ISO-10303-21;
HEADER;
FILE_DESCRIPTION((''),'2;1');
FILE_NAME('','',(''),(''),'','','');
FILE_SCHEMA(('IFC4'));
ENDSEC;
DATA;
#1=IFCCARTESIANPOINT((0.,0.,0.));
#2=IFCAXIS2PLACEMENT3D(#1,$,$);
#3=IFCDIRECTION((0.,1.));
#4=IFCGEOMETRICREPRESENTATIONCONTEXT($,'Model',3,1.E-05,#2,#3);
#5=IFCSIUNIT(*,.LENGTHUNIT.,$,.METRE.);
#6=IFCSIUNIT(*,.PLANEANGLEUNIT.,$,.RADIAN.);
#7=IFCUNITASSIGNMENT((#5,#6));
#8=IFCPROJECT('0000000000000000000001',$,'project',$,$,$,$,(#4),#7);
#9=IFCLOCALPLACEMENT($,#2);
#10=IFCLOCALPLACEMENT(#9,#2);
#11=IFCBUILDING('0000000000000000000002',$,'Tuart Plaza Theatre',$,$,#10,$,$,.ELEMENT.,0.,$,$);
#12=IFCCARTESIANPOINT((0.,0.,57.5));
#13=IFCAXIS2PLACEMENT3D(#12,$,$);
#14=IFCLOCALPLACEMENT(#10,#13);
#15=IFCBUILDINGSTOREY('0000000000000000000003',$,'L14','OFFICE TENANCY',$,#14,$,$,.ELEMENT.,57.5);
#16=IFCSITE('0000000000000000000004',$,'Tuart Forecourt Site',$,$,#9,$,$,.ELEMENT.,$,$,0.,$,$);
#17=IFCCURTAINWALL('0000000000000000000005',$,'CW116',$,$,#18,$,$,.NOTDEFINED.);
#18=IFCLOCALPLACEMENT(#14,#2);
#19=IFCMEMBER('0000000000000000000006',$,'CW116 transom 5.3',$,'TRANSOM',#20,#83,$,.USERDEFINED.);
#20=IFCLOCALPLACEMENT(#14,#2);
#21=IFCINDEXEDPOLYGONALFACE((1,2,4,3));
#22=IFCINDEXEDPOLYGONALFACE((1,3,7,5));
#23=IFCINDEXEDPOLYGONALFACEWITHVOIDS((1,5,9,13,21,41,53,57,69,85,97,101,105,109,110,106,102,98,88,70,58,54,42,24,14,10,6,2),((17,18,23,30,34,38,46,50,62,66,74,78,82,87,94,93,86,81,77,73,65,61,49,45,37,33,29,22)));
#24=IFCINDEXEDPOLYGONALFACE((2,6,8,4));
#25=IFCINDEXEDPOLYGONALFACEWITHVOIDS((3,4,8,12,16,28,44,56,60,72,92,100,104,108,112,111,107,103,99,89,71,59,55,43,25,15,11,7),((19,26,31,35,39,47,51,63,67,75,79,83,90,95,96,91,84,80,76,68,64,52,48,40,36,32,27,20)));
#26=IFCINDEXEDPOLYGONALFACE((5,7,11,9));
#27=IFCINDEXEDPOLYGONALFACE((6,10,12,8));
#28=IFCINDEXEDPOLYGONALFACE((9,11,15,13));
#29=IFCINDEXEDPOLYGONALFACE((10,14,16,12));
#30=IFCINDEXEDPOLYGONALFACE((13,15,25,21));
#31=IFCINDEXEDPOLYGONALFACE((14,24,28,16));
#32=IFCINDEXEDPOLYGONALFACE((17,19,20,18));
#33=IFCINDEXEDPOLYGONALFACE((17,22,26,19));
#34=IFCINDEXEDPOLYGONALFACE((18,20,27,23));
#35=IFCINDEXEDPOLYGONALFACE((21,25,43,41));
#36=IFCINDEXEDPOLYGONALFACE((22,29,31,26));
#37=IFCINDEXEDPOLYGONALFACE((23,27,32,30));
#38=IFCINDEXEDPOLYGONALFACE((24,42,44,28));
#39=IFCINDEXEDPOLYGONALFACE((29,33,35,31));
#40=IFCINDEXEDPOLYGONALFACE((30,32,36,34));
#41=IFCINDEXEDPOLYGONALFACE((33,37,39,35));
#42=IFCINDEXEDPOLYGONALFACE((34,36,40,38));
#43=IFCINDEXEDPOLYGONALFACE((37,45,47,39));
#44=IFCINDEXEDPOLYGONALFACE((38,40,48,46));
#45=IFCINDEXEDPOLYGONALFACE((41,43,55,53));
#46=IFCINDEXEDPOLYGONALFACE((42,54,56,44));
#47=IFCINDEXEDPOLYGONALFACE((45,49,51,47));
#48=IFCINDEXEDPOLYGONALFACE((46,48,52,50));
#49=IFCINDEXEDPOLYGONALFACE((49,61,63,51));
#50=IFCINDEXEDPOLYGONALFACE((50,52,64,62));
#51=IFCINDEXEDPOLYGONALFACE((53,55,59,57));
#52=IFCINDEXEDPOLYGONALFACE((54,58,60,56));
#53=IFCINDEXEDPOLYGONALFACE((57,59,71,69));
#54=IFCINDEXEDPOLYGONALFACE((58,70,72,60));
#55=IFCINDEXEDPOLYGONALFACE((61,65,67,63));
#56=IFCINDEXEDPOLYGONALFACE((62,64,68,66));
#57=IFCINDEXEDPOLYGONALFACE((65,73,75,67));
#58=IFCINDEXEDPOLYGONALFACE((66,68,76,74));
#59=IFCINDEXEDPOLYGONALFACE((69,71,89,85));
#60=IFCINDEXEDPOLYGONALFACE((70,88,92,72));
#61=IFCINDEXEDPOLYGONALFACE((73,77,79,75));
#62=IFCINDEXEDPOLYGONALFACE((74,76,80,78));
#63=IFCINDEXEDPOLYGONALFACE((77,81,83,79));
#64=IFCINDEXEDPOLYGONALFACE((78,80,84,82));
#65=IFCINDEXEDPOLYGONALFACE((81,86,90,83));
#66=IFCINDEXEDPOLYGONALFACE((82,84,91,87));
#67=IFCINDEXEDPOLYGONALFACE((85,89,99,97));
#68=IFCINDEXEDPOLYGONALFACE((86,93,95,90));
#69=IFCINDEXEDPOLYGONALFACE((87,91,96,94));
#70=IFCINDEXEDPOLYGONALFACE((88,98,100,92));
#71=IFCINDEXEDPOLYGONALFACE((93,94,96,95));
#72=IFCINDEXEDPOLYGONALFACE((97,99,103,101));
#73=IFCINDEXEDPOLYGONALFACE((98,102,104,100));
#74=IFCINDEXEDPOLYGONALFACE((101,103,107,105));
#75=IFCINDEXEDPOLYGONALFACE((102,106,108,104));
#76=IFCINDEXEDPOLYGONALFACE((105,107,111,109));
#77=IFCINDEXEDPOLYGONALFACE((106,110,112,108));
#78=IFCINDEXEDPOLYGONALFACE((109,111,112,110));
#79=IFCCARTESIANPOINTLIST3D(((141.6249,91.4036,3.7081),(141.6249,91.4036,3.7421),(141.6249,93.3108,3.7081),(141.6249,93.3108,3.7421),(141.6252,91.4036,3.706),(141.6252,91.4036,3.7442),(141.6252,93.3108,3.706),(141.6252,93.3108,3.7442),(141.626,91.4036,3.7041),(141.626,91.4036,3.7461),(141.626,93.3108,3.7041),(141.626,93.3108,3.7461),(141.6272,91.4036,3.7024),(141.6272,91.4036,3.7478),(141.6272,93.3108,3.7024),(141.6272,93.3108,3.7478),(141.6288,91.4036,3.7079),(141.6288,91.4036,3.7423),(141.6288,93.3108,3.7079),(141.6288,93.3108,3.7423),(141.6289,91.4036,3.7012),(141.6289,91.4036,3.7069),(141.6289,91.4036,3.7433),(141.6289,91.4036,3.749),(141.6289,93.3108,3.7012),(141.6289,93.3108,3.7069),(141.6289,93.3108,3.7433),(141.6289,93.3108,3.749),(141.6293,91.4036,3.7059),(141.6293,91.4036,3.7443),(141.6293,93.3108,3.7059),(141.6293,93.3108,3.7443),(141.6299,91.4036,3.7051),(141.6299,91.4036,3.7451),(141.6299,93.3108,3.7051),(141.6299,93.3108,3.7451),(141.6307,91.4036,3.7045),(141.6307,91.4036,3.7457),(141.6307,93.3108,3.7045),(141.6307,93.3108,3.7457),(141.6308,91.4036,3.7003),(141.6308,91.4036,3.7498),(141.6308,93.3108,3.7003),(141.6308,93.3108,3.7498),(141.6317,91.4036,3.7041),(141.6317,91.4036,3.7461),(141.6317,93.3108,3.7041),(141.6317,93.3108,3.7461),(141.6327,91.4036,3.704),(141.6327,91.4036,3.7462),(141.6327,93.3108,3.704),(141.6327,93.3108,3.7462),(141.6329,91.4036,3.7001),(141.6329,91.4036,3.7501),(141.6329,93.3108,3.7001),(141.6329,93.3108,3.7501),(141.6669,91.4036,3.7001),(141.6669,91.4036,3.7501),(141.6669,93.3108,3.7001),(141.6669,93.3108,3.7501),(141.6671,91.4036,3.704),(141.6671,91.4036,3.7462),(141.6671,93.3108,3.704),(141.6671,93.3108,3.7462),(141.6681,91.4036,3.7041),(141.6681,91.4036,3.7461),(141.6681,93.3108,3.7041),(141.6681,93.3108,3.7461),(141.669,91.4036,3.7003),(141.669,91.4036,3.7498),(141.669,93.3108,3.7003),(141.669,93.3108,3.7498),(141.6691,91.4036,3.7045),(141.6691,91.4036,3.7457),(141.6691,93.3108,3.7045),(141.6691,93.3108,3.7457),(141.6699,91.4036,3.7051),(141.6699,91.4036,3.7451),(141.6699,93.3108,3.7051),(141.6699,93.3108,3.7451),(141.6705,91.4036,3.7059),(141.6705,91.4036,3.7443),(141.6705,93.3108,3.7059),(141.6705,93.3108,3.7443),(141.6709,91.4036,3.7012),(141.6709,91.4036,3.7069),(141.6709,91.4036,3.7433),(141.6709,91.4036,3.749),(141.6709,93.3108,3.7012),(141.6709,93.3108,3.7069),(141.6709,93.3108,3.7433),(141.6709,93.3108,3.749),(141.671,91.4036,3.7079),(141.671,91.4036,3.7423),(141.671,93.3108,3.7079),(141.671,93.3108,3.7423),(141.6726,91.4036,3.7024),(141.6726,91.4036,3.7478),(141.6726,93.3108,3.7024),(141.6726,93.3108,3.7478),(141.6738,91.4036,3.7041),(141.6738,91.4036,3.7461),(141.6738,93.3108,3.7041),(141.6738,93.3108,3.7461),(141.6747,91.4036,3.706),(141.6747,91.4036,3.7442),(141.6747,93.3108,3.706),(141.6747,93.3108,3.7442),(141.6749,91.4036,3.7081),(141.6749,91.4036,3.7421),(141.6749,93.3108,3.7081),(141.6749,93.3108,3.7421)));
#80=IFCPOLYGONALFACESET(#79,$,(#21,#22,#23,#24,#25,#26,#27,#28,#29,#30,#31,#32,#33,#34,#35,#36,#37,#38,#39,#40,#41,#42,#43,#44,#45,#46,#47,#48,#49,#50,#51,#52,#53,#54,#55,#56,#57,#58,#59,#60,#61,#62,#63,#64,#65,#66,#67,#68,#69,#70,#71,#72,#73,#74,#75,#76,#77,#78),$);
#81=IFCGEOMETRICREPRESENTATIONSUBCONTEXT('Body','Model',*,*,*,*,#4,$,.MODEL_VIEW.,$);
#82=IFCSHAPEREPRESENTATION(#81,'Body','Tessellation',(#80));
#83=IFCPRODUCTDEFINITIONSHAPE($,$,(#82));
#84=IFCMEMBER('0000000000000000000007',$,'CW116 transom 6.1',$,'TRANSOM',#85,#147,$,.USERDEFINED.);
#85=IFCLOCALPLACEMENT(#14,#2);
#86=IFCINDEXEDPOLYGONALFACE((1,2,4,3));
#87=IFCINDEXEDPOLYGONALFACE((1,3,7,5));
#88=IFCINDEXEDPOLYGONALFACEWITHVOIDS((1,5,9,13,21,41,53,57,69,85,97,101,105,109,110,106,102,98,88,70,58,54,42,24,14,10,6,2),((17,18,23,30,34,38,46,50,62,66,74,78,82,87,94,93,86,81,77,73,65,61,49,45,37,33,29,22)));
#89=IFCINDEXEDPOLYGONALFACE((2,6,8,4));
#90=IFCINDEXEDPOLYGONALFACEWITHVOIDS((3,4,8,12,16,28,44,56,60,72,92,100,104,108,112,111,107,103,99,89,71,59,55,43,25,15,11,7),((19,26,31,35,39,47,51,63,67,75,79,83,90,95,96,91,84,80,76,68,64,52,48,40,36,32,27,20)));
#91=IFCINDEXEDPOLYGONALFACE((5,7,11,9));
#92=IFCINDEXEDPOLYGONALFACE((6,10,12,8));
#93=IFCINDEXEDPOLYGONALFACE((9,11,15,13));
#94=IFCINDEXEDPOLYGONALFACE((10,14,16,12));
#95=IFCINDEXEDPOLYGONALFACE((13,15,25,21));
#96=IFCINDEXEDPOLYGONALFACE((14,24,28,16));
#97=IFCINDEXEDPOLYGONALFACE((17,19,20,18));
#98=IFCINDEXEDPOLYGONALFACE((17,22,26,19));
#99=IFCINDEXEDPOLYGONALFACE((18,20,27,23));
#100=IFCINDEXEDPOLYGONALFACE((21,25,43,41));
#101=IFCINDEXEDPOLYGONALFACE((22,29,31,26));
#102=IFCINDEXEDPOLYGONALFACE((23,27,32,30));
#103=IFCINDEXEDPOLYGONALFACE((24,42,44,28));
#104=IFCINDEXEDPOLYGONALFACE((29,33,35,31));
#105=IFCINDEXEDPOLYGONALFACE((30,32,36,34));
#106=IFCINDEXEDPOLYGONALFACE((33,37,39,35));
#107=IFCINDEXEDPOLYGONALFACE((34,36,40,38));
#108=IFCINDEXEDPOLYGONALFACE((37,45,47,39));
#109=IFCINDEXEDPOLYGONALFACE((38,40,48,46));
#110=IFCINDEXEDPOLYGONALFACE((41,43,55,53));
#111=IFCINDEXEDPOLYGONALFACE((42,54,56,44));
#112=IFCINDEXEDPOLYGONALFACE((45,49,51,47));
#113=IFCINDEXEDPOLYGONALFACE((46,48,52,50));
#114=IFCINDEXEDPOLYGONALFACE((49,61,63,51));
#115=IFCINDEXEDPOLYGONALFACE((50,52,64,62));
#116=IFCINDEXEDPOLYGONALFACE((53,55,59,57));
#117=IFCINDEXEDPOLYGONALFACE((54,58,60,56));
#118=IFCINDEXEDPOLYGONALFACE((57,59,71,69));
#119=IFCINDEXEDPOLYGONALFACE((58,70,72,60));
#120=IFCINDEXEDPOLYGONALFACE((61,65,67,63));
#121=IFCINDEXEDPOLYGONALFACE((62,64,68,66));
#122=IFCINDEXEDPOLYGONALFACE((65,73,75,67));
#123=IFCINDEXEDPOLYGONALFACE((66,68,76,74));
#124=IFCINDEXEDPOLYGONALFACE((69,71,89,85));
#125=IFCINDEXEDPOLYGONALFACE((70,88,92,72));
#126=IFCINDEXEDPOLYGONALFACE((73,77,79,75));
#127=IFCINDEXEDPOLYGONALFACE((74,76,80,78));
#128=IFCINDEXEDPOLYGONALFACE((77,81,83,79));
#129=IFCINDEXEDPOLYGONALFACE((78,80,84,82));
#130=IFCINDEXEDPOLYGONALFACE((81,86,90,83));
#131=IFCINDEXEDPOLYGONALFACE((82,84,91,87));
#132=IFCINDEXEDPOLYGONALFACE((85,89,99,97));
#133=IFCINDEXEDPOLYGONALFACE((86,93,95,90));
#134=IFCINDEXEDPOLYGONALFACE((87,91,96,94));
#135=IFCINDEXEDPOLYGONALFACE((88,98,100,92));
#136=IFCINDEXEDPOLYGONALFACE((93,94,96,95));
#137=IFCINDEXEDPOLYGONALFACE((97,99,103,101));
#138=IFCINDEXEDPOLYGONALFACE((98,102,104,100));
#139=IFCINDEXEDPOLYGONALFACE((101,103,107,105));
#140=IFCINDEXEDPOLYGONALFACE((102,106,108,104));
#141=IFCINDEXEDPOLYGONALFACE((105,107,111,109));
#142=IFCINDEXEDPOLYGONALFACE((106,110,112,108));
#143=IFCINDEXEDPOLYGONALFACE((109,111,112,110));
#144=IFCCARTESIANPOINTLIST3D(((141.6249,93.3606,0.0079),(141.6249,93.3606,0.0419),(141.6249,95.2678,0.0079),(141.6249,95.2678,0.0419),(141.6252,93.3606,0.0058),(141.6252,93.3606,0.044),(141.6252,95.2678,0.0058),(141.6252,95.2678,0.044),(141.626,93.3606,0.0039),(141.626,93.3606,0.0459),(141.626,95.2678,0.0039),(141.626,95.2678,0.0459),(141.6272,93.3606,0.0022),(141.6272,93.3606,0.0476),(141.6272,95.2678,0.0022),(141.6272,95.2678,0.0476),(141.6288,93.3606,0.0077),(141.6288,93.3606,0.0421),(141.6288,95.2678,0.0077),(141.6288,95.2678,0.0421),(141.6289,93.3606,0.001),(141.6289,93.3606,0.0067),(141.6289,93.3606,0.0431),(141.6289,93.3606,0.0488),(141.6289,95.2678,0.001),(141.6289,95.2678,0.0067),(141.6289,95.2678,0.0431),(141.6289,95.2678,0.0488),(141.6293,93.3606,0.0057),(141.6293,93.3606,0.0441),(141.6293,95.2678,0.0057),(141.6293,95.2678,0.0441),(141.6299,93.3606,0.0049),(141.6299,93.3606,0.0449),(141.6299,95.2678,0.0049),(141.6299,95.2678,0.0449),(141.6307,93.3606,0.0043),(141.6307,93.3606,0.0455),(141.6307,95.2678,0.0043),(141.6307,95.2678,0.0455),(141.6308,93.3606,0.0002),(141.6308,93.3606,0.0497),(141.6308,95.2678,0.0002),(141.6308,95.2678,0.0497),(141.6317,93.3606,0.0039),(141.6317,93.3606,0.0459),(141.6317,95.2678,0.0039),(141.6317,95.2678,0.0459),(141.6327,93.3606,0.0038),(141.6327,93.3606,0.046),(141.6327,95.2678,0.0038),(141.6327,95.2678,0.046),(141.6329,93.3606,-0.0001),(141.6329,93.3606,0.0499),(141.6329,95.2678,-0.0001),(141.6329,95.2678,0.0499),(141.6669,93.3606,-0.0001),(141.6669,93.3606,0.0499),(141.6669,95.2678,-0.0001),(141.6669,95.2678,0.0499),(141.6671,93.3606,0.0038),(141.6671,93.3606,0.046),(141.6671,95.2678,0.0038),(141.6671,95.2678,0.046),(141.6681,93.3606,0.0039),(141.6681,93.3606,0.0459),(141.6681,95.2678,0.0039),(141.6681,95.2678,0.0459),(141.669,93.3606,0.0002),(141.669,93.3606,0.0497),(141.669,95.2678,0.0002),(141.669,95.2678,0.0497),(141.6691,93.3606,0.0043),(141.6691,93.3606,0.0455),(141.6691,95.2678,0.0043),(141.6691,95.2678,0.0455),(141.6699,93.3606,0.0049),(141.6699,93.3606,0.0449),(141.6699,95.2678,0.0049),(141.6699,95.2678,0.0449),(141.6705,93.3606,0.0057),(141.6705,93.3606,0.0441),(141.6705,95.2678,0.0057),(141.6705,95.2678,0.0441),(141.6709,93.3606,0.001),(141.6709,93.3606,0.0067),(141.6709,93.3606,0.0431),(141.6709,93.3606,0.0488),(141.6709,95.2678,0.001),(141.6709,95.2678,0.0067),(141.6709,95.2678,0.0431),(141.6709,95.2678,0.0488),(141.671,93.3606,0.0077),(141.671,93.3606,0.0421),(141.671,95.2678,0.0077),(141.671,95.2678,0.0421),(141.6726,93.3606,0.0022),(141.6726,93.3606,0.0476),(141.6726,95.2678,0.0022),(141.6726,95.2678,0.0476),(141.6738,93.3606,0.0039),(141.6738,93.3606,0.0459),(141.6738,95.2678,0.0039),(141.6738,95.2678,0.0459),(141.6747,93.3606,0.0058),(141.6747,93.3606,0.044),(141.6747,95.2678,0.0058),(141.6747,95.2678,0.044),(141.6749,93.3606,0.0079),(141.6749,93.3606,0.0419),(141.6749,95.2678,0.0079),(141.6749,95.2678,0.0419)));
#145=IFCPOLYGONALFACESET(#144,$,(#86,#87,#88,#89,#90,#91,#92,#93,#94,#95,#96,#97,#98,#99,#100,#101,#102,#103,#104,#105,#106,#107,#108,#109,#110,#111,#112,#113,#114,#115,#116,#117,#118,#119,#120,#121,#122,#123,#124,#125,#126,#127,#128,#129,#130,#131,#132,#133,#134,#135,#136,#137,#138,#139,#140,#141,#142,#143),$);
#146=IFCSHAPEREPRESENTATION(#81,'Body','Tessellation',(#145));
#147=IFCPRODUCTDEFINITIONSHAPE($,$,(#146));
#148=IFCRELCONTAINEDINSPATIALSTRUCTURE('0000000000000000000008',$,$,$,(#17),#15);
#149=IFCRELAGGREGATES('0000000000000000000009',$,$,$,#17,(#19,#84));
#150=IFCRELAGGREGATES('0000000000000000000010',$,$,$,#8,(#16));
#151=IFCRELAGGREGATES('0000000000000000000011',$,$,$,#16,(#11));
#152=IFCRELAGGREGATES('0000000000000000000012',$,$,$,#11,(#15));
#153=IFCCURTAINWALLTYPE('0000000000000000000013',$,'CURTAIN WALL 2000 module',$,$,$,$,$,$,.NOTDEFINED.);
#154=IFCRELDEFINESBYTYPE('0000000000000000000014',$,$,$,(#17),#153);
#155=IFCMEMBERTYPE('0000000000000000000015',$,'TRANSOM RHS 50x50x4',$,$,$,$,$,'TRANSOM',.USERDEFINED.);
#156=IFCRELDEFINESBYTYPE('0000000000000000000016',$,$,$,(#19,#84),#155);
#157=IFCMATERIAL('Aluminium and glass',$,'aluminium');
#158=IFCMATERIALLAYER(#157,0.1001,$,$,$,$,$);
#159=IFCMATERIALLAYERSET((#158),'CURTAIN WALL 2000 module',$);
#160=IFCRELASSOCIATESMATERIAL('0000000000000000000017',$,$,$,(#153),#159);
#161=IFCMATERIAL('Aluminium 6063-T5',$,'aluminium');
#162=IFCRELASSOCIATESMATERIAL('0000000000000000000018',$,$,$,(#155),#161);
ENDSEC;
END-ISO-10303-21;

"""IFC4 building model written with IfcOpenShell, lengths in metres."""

from ifc_helpers import new_model, si_unit, direction, frame, origin, origin_2d, place, context, subcontext, project, spatial, hollow_rectangle, extrude, material, layer, layer_set, material_profile, profile_set, type_object, element, aggregate, save


model = new_model("IFC4")

# Units and contexts
model_context = context("Model", 3, precision=1e-05, world=origin(), true_north=direction((0.0, 1.0)))
body_context = subcontext(model_context, "Body", "Model", "MODEL_VIEW")
ifc_project = project(units=[si_unit("LENGTHUNIT", "METRE"), si_unit("PLANEANGLEUNIT", "RADIAN")], contexts=[model_context])

# Site, building, storey
site_placement = place(None, origin())
site = spatial("IfcSite", under=ifc_project, at=site_placement, Name="Tuart Forecourt Site", CompositionType="ELEMENT", RefElevation=0.0)
building_placement = place(site_placement, origin())
building = spatial("IfcBuilding", under=site, at=building_placement, Name="Tuart Plaza Theatre", CompositionType="ELEMENT", ElevationOfRefHeight=0.0)
storey_placement = place(building_placement, frame((0.0, 0.0, 57.5)))
storey = spatial("IfcBuildingStorey", under=building, at=storey_placement, Name="L14", Description="OFFICE TENANCY", CompositionType="ELEMENT", Elevation=57.5)

# Curtain wall, members
ifc_material_1 = material(Name="Aluminium and glass", Category="aluminium")
ifc_layer_1 = layer(ifc_material_1, 0.1001)
ifc_layer_set_1 = layer_set([ifc_layer_1], Name="CURTAIN WALL 2000 module")
curtain_wall_type = type_object("IfcCurtainWallType", Name="CURTAIN WALL 2000 module", PredefinedType="NOTDEFINED", material=ifc_layer_set_1)
curtain_wall_placement = place(storey_placement, origin())
curtain_wall = element("IfcCurtainWall", 1, at=curtain_wall_placement, inside=storey, type_object=curtain_wall_type, Name="CW116", PredefinedType="NOTDEFINED")
ifc_material_2 = material(Name="Aluminium 6063-T5", Category="aluminium")
ifc_material_profile_1 = material_profile(ifc_material_2, hollow_rectangle(XDim=0.05, YDim=0.05, WallThickness=0.0039, InnerFilletRadius=0.0039, OuterFilletRadius=0.0081, at=origin_2d()), Name="RHS 50x50x4")
ifc_profile_set_1 = profile_set([ifc_material_profile_1], Name="Aluminium 6063-T5")
member_type_1 = type_object("IfcMemberType", Name="TRANSOM RHS 50x50x4", ElementType="TRANSOM", PredefinedType="USERDEFINED", material=ifc_profile_set_1)
member_1_placement = place(storey_placement, frame((141.6499, 91.4036, 3.7251), z_axis=(0.0, 1.0, 0.0), x_axis=(-1.0, 0.0, 0.0)))
member_1 = element("IfcMember", 2, at=member_1_placement, type_object=member_type_1, Name="CW116 transom 5.3", ObjectType="TRANSOM", PredefinedType="USERDEFINED", context=body_context, shape_type="SweptSolid", body=[
    extrude(hollow_rectangle(XDim=0.05, YDim=0.05, WallThickness=0.0039, InnerFilletRadius=0.0039, OuterFilletRadius=0.0081, at=origin_2d()), origin(), (0.0, 0.0, 1.0), 1.9072),
])
member_2_placement = place(storey_placement, frame((141.6499, 93.3606, 0.0249), z_axis=(0.0, 1.0, 0.0), x_axis=(-1.0, 0.0, 0.0)))
member_2 = element("IfcMember", 3, at=member_2_placement, type_object=member_type_1, Name="CW116 transom 6.1", ObjectType="TRANSOM", PredefinedType="USERDEFINED", context=body_context, shape_type="SweptSolid", body=[
    extrude(hollow_rectangle(XDim=0.05, YDim=0.05, WallThickness=0.0039, InnerFilletRadius=0.0039, OuterFilletRadius=0.0081, at=origin_2d()), origin(), (0.0, 0.0, 1.0), 1.9072),
])
aggregate(curtain_wall, [member_1, member_2])

save(model, "model.ifc")
